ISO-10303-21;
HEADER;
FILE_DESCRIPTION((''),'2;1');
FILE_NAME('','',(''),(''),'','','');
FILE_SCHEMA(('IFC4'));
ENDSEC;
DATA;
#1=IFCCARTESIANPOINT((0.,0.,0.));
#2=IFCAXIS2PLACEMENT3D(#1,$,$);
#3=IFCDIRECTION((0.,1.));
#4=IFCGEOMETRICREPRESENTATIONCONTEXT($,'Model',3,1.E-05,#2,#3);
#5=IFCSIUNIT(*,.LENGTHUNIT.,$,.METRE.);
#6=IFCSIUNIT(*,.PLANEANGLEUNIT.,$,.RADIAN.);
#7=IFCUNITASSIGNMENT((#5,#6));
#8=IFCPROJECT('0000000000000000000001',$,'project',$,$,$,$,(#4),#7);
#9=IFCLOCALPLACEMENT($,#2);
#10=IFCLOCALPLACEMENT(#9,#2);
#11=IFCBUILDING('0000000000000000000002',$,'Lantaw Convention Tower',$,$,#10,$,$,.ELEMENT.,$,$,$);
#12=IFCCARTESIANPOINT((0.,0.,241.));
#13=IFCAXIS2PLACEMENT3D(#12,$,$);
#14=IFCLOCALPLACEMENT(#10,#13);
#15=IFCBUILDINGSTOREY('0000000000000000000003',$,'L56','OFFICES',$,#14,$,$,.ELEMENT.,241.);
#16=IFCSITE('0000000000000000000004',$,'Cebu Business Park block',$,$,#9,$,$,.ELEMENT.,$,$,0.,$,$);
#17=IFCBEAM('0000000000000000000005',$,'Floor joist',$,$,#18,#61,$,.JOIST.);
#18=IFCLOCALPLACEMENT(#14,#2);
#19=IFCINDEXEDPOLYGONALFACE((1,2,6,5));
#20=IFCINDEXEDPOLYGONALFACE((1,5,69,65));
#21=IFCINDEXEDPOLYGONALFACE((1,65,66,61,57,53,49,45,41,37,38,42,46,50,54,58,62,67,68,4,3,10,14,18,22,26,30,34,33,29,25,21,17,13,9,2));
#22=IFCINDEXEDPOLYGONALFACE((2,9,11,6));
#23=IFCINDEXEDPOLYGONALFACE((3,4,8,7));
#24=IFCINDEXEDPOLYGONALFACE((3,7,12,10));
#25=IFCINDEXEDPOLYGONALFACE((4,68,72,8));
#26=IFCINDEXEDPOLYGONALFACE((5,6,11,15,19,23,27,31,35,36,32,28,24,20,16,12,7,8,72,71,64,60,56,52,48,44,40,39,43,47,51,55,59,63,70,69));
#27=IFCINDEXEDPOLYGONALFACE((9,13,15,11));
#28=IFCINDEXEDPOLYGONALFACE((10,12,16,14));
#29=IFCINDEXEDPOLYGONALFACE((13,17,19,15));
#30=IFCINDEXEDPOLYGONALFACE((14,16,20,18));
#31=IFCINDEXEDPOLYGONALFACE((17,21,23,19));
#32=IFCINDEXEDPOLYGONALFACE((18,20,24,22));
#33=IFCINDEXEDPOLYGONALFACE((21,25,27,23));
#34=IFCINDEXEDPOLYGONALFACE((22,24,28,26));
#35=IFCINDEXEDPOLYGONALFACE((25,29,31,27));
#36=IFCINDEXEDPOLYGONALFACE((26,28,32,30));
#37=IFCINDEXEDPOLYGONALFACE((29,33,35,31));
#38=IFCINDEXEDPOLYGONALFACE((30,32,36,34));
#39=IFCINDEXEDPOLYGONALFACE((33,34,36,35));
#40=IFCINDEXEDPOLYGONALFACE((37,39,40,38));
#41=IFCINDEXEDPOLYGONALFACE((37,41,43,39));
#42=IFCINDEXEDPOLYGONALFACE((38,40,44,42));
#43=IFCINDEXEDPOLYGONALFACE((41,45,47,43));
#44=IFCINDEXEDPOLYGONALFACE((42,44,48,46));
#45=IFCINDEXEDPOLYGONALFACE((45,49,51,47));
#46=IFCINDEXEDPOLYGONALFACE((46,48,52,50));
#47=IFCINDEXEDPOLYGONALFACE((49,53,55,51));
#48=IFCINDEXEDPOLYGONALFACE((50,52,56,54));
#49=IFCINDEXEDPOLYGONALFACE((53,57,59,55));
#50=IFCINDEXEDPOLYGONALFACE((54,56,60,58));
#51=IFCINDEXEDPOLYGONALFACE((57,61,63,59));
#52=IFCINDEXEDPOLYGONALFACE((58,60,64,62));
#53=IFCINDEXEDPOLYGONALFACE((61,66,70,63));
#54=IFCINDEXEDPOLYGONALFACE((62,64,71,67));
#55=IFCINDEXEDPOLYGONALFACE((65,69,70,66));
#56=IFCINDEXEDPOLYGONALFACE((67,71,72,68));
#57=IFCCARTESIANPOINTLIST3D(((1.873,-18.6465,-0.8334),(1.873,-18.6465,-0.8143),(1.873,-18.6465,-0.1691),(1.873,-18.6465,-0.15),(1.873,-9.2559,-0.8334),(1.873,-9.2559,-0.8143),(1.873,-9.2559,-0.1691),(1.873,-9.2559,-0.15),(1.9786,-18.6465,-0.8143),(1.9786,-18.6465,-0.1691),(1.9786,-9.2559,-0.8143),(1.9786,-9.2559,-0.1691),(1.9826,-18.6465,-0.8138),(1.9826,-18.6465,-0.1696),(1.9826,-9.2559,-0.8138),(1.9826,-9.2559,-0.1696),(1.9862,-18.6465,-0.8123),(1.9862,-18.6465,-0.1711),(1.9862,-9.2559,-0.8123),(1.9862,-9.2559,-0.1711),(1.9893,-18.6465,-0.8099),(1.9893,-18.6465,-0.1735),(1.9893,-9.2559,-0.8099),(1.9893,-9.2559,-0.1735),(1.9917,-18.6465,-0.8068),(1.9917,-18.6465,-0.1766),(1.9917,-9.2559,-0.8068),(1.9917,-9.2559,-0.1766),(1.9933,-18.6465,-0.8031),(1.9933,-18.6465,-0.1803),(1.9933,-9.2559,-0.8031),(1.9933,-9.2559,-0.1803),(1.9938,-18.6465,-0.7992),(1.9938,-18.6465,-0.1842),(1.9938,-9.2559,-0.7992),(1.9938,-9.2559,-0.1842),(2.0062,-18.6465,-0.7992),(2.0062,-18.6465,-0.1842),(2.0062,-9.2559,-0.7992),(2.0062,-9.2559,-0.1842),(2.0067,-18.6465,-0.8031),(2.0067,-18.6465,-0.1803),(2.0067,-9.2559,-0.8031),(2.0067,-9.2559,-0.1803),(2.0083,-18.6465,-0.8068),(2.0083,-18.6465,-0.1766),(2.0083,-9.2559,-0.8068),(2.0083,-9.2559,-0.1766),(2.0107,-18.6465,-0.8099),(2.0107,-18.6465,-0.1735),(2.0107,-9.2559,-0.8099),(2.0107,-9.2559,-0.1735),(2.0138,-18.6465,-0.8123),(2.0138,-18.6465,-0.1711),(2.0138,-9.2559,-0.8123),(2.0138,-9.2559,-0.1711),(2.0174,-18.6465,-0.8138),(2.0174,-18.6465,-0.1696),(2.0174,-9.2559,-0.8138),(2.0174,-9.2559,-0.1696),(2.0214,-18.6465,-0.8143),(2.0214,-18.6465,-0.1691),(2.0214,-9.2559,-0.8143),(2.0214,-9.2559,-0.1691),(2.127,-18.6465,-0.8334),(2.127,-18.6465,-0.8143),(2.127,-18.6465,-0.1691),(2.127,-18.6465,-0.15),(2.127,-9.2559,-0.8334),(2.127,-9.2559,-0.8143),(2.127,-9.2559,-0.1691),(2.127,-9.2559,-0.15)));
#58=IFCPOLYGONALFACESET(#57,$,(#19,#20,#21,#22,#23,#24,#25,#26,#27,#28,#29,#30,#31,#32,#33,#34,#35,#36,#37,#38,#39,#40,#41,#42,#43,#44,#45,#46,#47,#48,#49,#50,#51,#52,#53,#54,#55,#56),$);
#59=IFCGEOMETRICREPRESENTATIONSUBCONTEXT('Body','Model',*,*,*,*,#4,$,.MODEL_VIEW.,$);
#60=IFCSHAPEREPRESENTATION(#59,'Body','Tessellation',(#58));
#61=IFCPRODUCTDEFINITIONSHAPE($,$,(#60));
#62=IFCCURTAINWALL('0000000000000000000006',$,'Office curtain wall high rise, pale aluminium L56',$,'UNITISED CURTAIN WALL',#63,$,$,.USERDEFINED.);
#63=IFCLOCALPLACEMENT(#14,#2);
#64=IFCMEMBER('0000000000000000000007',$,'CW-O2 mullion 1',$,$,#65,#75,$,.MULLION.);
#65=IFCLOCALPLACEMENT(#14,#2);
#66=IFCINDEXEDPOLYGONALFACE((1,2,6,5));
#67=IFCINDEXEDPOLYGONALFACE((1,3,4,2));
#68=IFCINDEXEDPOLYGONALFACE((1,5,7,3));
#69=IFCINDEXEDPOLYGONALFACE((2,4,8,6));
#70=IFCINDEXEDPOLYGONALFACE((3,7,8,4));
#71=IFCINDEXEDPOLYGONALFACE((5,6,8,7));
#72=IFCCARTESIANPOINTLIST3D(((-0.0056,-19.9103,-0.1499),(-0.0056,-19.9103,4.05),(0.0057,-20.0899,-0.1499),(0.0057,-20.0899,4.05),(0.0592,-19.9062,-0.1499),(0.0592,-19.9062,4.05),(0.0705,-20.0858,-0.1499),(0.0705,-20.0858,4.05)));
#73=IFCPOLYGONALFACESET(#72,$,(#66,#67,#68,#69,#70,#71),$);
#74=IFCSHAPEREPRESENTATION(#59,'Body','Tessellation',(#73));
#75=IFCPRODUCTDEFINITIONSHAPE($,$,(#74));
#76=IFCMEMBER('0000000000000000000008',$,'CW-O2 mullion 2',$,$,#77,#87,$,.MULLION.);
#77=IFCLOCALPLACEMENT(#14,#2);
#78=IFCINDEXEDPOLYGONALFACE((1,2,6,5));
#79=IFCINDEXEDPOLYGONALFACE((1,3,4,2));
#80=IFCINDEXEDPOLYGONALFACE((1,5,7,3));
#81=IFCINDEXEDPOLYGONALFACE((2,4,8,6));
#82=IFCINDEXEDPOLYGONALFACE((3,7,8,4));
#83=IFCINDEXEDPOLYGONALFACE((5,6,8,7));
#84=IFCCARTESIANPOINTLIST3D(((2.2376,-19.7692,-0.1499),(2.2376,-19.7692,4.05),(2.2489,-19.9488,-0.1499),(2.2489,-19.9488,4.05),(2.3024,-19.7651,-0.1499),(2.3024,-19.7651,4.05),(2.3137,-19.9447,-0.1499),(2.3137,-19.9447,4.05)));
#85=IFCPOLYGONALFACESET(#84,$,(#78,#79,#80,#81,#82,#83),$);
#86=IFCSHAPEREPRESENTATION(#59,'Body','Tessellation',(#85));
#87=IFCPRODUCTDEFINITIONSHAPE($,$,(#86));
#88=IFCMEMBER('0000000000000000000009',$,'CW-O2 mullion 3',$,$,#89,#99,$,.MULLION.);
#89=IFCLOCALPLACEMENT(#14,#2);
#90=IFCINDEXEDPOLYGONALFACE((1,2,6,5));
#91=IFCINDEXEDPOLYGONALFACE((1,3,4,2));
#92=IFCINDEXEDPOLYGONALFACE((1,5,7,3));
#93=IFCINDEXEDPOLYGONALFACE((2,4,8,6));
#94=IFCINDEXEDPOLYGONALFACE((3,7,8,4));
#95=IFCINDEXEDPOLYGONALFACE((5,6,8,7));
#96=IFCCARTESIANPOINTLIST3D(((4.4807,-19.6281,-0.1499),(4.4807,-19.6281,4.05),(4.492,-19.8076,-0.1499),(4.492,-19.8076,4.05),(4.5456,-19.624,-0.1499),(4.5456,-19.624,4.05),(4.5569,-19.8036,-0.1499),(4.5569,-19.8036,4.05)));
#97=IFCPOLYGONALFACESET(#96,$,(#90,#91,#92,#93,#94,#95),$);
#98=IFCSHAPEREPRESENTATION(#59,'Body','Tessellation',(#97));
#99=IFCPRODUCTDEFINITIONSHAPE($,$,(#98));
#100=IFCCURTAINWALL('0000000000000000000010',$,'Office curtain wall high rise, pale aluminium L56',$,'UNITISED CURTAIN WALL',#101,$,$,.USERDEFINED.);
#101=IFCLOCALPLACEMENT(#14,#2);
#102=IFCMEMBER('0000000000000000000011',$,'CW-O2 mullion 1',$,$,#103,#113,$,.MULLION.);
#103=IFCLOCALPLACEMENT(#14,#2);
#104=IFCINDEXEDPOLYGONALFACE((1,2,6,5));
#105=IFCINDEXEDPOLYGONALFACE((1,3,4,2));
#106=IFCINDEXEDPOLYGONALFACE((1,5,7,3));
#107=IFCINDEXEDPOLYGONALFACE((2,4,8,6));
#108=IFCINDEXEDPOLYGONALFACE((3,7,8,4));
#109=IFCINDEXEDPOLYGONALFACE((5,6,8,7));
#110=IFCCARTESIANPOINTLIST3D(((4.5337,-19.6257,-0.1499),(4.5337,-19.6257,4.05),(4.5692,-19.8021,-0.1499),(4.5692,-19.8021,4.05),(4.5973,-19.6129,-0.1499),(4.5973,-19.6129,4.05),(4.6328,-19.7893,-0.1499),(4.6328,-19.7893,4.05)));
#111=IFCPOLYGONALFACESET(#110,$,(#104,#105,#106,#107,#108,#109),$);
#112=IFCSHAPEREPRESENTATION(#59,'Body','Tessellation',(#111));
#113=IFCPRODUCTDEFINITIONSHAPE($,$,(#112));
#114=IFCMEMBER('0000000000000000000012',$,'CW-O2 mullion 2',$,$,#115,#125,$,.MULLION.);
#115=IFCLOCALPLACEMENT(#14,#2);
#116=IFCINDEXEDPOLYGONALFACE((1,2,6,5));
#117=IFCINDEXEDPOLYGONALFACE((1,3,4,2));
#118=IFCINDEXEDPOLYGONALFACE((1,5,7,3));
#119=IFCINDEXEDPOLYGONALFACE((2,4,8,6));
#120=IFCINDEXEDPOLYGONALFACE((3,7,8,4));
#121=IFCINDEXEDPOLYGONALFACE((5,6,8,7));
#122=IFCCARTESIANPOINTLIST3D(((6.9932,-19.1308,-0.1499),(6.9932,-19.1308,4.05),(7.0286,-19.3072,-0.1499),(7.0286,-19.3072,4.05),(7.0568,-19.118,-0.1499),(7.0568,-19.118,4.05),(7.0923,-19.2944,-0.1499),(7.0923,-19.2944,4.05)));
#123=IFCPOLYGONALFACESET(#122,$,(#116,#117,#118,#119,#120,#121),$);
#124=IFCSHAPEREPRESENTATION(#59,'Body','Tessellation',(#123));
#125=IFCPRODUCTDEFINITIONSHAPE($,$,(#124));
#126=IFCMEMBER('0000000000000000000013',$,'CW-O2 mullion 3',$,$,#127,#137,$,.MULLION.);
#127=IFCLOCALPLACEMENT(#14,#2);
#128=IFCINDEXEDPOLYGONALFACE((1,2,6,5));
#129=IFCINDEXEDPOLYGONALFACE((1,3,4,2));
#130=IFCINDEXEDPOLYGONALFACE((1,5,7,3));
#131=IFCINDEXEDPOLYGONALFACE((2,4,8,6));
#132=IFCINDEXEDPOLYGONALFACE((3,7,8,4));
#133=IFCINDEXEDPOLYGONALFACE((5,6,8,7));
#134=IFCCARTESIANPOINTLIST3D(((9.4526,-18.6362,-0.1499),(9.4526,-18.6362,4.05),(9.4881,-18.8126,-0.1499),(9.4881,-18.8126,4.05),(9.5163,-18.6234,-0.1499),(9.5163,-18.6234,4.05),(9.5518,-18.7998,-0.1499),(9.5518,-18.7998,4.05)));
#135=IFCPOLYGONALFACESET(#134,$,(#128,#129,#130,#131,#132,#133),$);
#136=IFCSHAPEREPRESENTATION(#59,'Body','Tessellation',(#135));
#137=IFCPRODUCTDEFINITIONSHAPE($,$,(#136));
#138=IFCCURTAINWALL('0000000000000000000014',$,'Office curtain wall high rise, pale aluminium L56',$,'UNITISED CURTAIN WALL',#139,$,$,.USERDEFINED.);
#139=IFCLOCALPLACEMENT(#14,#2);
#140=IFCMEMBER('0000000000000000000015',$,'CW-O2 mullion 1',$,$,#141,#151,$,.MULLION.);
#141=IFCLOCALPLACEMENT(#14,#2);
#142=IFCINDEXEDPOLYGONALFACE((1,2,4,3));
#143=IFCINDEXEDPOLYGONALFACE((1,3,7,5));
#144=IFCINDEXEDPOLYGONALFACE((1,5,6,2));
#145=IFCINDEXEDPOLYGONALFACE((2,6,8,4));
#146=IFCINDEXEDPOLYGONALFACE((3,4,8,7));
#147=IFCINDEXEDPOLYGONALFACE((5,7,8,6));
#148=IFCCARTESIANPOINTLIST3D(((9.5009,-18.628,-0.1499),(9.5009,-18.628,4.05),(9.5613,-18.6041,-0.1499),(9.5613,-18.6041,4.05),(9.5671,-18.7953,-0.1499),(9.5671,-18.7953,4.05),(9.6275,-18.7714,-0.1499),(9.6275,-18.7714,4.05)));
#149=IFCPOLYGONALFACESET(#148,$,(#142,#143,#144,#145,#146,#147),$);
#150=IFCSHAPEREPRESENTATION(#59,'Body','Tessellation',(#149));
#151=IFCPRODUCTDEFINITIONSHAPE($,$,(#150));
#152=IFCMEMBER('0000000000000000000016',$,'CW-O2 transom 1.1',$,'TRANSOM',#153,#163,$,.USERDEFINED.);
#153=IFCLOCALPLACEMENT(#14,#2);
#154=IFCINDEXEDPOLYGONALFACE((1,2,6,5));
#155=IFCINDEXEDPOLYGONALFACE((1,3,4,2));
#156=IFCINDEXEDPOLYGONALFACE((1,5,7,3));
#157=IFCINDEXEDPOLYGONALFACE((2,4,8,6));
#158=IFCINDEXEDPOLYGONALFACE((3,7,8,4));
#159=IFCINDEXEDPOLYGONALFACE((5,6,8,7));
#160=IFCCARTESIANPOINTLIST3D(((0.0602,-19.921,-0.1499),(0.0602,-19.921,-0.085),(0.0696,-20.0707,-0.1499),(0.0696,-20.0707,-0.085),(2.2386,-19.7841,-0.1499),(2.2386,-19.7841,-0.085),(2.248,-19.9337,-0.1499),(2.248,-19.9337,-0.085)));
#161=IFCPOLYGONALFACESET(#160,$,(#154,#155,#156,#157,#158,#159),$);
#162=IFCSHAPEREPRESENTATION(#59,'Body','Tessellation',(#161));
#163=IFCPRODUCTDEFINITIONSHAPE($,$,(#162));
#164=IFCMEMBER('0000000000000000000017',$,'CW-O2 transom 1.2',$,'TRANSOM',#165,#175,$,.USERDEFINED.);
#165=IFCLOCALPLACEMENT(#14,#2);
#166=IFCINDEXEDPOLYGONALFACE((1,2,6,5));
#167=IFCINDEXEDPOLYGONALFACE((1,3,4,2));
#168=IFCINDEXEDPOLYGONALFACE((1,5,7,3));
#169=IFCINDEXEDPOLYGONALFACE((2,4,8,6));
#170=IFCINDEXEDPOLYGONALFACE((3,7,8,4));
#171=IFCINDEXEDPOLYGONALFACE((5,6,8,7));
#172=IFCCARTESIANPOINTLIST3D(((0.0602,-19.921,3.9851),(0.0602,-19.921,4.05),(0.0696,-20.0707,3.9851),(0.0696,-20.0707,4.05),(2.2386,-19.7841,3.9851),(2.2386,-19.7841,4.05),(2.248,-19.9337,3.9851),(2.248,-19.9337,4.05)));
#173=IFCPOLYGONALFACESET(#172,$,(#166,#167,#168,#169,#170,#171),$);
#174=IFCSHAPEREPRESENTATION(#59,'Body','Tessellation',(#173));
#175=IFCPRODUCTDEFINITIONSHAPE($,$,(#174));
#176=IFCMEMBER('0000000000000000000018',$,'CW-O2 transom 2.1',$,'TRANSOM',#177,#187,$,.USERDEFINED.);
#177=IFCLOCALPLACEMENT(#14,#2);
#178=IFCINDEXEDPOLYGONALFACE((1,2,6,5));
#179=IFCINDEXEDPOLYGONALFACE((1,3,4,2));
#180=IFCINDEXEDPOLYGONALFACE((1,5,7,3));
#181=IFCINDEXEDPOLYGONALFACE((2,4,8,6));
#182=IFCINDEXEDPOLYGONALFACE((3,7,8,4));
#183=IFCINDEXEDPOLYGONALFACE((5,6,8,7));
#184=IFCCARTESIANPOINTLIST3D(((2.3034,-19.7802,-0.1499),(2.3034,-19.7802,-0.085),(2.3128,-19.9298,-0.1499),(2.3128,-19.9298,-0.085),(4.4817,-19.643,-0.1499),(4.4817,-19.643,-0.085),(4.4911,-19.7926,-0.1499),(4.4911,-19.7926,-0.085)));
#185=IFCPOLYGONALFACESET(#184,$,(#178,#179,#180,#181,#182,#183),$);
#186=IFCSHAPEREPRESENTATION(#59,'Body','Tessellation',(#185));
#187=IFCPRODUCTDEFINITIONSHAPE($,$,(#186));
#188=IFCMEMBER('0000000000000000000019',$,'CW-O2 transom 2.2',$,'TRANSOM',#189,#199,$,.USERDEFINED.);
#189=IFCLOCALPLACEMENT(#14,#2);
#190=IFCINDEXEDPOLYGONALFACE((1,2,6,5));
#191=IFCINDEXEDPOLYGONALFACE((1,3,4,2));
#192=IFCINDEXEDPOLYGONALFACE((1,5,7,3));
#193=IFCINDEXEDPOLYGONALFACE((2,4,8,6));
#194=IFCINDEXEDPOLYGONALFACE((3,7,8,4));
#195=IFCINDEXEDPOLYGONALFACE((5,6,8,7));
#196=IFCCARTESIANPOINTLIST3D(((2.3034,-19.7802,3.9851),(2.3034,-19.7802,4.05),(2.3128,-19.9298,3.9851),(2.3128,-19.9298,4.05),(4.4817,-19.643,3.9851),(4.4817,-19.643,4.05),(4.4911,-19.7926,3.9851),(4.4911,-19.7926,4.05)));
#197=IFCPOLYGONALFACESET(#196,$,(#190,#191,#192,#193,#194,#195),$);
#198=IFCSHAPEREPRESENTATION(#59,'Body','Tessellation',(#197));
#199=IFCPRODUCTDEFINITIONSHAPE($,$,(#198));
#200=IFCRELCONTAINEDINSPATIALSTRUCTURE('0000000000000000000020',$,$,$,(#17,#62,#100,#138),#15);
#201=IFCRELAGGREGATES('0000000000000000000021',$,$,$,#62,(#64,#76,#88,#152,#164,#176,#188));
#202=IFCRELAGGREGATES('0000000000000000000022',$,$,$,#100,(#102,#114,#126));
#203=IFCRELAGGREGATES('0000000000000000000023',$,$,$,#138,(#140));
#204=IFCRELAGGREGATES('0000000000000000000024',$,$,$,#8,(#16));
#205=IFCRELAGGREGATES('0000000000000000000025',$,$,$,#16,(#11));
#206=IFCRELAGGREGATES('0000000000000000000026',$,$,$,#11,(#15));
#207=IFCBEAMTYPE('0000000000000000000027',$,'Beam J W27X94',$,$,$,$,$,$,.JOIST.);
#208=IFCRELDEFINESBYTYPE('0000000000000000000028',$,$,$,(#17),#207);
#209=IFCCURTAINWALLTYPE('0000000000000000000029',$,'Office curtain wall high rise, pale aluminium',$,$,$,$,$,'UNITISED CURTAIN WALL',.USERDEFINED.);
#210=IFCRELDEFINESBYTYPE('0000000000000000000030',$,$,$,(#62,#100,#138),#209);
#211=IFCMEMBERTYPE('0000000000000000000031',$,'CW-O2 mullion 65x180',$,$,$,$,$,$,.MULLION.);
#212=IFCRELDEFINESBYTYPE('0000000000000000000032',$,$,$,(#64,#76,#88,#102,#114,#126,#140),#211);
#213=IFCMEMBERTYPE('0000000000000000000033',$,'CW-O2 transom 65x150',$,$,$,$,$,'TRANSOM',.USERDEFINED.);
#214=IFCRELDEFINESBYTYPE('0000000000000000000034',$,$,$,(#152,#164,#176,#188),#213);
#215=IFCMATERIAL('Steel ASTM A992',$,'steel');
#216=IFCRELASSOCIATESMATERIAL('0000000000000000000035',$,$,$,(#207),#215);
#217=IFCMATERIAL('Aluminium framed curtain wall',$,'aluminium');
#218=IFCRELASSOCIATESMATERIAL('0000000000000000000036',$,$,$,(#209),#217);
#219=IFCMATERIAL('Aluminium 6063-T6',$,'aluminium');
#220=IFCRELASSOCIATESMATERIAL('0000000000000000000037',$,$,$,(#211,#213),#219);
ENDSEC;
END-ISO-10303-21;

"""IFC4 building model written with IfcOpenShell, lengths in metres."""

from ifc_helpers import new_model, si_unit, direction, frame, origin, origin_2d, place, context, subcontext, project, spatial, rectangle, i_section, extrude, material, material_profile, profile_set, type_object, element, aggregate, save


model = new_model("IFC4")

# Units and contexts
model_context = context("Model", 3, precision=1e-05, world=origin(), true_north=direction((0.0, 1.0)))
body_context = subcontext(model_context, "Body", "Model", "MODEL_VIEW")
ifc_project = project(units=[si_unit("LENGTHUNIT", "METRE"), si_unit("PLANEANGLEUNIT", "RADIAN")], contexts=[model_context])

# Site, building, storey
site_placement = place(None, origin())
site = spatial("IfcSite", under=ifc_project, at=site_placement, Name="Cebu Business Park block", CompositionType="ELEMENT", RefElevation=0.0)
building_placement = place(site_placement, origin())
building = spatial("IfcBuilding", under=site, at=building_placement, Name="Lantaw Convention Tower", CompositionType="ELEMENT")
storey_placement = place(building_placement, frame((0.0, 0.0, 241.0)))
storey = spatial("IfcBuildingStorey", under=building, at=storey_placement, Name="L56", Description="OFFICES", CompositionType="ELEMENT", Elevation=241.0)

# Beam
ifc_material_1 = material(Name="Steel ASTM A992", Category="steel")
ifc_material_profile_1 = material_profile(ifc_material_1, i_section(OverallWidth=0.2539, OverallDepth=0.6833, WebThickness=0.0125, FlangeThickness=0.019, FilletRadius=0.0151, at=origin_2d()), Name="W27X94")
ifc_profile_set_1 = profile_set([ifc_material_profile_1], Name="Steel ASTM A992")
beam_type_1 = type_object("IfcBeamType", Name="Beam J W27X94", PredefinedType="JOIST", material=ifc_profile_set_1)
beam_1_placement = place(storey_placement, frame((2.0, -18.6465, -0.4917), z_axis=(0.0, 1.0, 0.0), x_axis=(-1.0, 0.0, 0.0)))
element("IfcBeam", 1, at=beam_1_placement, inside=storey, type_object=beam_type_1, Name="Floor joist", PredefinedType="JOIST", context=body_context, shape_type="SweptSolid", body=[
    extrude(i_section(OverallWidth=0.2539, OverallDepth=0.6833, WebThickness=0.0125, FlangeThickness=0.019, FilletRadius=0.0151, at=origin_2d()), origin(), (0.0, 0.0, 1.0), 9.3906),
])

# Curtain walls, members
ifc_material_2 = material(Name="Aluminium framed curtain wall", Category="aluminium")
curtain_wall_type = type_object("IfcCurtainWallType", Name="Office curtain wall high rise, pale aluminium", ElementType="UNITISED CURTAIN WALL", PredefinedType="USERDEFINED", material=ifc_material_2)
curtain_wall_1_placement = place(storey_placement, origin())
curtain_wall_1 = element("IfcCurtainWall", 2, at=curtain_wall_1_placement, inside=storey, type_object=curtain_wall_type, Name="Office curtain wall high rise, pale aluminium L56", ObjectType="UNITISED CURTAIN WALL", PredefinedType="USERDEFINED")
ifc_material_3 = material(Name="Aluminium 6063-T6", Category="aluminium")
ifc_material_profile_2 = material_profile(ifc_material_3, rectangle(XDim=0.1799, YDim=0.0649, at=origin_2d()), Name="CW-O2 mullion 65x180")
ifc_profile_set_2 = profile_set([ifc_material_profile_2], Name="Aluminium 6063-T6")
member_type_1 = type_object("IfcMemberType", Name="CW-O2 mullion 65x180", PredefinedType="MULLION", material=ifc_profile_set_2)
member_1_placement = place(storey_placement, frame((0.0325, -19.998, -0.1499), z_axis=(0.0, 0.0, 1.0), x_axis=(-0.062758, 0.998029, 0.0)))
member_1 = element("IfcMember", 3, at=member_1_placement, type_object=member_type_1, Name="CW-O2 mullion 1", PredefinedType="MULLION", context=body_context, shape_type="SweptSolid", body=[
    extrude(rectangle(XDim=0.1799, YDim=0.0649, at=origin_2d()), origin(), (0.0, 0.0, 1.0), 4.2),
])
member_2_placement = place(storey_placement, frame((2.2756, -19.8569, -0.1499), z_axis=(0.0, 0.0, 1.0), x_axis=(-0.062758, 0.998029, 0.0)))
member_2 = element("IfcMember", 4, at=member_2_placement, type_object=member_type_1, Name="CW-O2 mullion 2", PredefinedType="MULLION", context=body_context, shape_type="SweptSolid", body=[
    extrude(rectangle(XDim=0.1799, YDim=0.0649, at=origin_2d()), origin(), (0.0, 0.0, 1.0), 4.2),
])
member_3_placement = place(storey_placement, frame((4.5188, -19.7158, -0.1499), z_axis=(0.0, 0.0, 1.0), x_axis=(-0.062758, 0.998029, 0.0)))
member_3 = element("IfcMember", 5, at=member_3_placement, type_object=member_type_1, Name="CW-O2 mullion 3", PredefinedType="MULLION", context=body_context, shape_type="SweptSolid", body=[
    extrude(rectangle(XDim=0.1799, YDim=0.0649, at=origin_2d()), origin(), (0.0, 0.0, 1.0), 4.2),
])
curtain_wall_2_placement = place(storey_placement, origin())
curtain_wall_2 = element("IfcCurtainWall", 6, at=curtain_wall_2_placement, inside=storey, type_object=curtain_wall_type, Name="Office curtain wall high rise, pale aluminium L56", ObjectType="UNITISED CURTAIN WALL", PredefinedType="USERDEFINED")
member_4_placement = place(storey_placement, frame((4.5833, -19.7075, -0.1499), z_axis=(0.0, 0.0, 1.0), x_axis=(-0.197183, 0.980367, 0.0)))
member_4 = element("IfcMember", 7, at=member_4_placement, type_object=member_type_1, Name="CW-O2 mullion 1", PredefinedType="MULLION", context=body_context, shape_type="SweptSolid", body=[
    extrude(rectangle(XDim=0.1799, YDim=0.0649, at=origin_2d()), origin(), (0.0, 0.0, 1.0), 4.2),
])
member_5_placement = place(storey_placement, frame((7.0427, -19.2126, -0.1499), z_axis=(0.0, 0.0, 1.0), x_axis=(-0.197183, 0.980367, 0.0)))
member_5 = element("IfcMember", 8, at=member_5_placement, type_object=member_type_1, Name="CW-O2 mullion 2", PredefinedType="MULLION", context=body_context, shape_type="SweptSolid", body=[
    extrude(rectangle(XDim=0.1799, YDim=0.0649, at=origin_2d()), origin(), (0.0, 0.0, 1.0), 4.2),
])
member_6_placement = place(storey_placement, frame((9.5022, -18.718, -0.1499), z_axis=(0.0, 0.0, 1.0), x_axis=(-0.197183, 0.980367, 0.0)))
member_6 = element("IfcMember", 9, at=member_6_placement, type_object=member_type_1, Name="CW-O2 mullion 3", PredefinedType="MULLION", context=body_context, shape_type="SweptSolid", body=[
    extrude(rectangle(XDim=0.1799, YDim=0.0649, at=origin_2d()), origin(), (0.0, 0.0, 1.0), 4.2),
])

# Curtain wall, member
curtain_wall_3_placement = place(storey_placement, origin())
curtain_wall_3 = element("IfcCurtainWall", 10, at=curtain_wall_3_placement, inside=storey, type_object=curtain_wall_type, Name="Office curtain wall high rise, pale aluminium L56", ObjectType="UNITISED CURTAIN WALL", PredefinedType="USERDEFINED")
member_7_placement = place(storey_placement, frame((9.5642, -18.6997, -0.1499), z_axis=(0.0, 0.0, 1.0), x_axis=(-0.368162, 0.929762, 0.0)))
member_7 = element("IfcMember", 11, at=member_7_placement, type_object=member_type_1, Name="CW-O2 mullion 1", PredefinedType="MULLION", context=body_context, shape_type="SweptSolid", body=[
    extrude(rectangle(XDim=0.1799, YDim=0.0649, at=origin_2d()), origin(), (0.0, 0.0, 1.0), 4.2),
])

# Members
ifc_material_profile_3 = material_profile(ifc_material_3, rectangle(XDim=0.1499, YDim=0.0649, at=origin_2d()), Name="CW-O2 transom 65x150")
ifc_profile_set_3 = profile_set([ifc_material_profile_3], Name="Aluminium 6063-T6")
member_type_2 = type_object("IfcMemberType", Name="CW-O2 transom 65x150", ElementType="TRANSOM", PredefinedType="USERDEFINED", material=ifc_profile_set_3)
member_8_placement = place(storey_placement, frame((0.0649, -19.9958, -0.1174), z_axis=(0.998029, 0.062754, 0.0), x_axis=(-0.062754, 0.998029, 0.0)))
member_8 = element("IfcMember", 12, at=member_8_placement, type_object=member_type_2, Name="CW-O2 transom 1.1", ObjectType="TRANSOM", PredefinedType="USERDEFINED", context=body_context, shape_type="SweptSolid", body=[
    extrude(rectangle(XDim=0.1499, YDim=0.0649, at=origin_2d()), origin(), (0.0, 0.0, 1.0), 2.1826),
])
member_9_placement = place(storey_placement, frame((0.0649, -19.9958, 4.0176), z_axis=(0.998029, 0.062754, 0.0), x_axis=(-0.062754, 0.998029, 0.0)))
member_9 = element("IfcMember", 13, at=member_9_placement, type_object=member_type_2, Name="CW-O2 transom 1.2", ObjectType="TRANSOM", PredefinedType="USERDEFINED", context=body_context, shape_type="SweptSolid", body=[
    extrude(rectangle(XDim=0.1499, YDim=0.0649, at=origin_2d()), origin(), (0.0, 0.0, 1.0), 2.1826),
])
member_10_placement = place(storey_placement, frame((2.3081, -19.855, -0.1174), z_axis=(0.998022, 0.062866, 0.0), x_axis=(-0.062866, 0.998022, 0.0)))
member_10 = element("IfcMember", 14, at=member_10_placement, type_object=member_type_2, Name="CW-O2 transom 2.1", ObjectType="TRANSOM", PredefinedType="USERDEFINED", context=body_context, shape_type="SweptSolid", body=[
    extrude(rectangle(XDim=0.1499, YDim=0.0649, at=origin_2d()), origin(), (0.0, 0.0, 1.0), 2.1826),
])
member_11_placement = place(storey_placement, frame((2.3081, -19.855, 4.0176), z_axis=(0.998022, 0.062866, 0.0), x_axis=(-0.062866, 0.998022, 0.0)))
member_11 = element("IfcMember", 15, at=member_11_placement, type_object=member_type_2, Name="CW-O2 transom 2.2", ObjectType="TRANSOM", PredefinedType="USERDEFINED", context=body_context, shape_type="SweptSolid", body=[
    extrude(rectangle(XDim=0.1499, YDim=0.0649, at=origin_2d()), origin(), (0.0, 0.0, 1.0), 2.1826),
])

aggregate(curtain_wall_1, [member_1, member_2, member_3, member_8, member_9, member_10, member_11])
aggregate(curtain_wall_2, [member_4, member_5, member_6])
aggregate(curtain_wall_3, [member_7])

save(model, "model.ifc")
